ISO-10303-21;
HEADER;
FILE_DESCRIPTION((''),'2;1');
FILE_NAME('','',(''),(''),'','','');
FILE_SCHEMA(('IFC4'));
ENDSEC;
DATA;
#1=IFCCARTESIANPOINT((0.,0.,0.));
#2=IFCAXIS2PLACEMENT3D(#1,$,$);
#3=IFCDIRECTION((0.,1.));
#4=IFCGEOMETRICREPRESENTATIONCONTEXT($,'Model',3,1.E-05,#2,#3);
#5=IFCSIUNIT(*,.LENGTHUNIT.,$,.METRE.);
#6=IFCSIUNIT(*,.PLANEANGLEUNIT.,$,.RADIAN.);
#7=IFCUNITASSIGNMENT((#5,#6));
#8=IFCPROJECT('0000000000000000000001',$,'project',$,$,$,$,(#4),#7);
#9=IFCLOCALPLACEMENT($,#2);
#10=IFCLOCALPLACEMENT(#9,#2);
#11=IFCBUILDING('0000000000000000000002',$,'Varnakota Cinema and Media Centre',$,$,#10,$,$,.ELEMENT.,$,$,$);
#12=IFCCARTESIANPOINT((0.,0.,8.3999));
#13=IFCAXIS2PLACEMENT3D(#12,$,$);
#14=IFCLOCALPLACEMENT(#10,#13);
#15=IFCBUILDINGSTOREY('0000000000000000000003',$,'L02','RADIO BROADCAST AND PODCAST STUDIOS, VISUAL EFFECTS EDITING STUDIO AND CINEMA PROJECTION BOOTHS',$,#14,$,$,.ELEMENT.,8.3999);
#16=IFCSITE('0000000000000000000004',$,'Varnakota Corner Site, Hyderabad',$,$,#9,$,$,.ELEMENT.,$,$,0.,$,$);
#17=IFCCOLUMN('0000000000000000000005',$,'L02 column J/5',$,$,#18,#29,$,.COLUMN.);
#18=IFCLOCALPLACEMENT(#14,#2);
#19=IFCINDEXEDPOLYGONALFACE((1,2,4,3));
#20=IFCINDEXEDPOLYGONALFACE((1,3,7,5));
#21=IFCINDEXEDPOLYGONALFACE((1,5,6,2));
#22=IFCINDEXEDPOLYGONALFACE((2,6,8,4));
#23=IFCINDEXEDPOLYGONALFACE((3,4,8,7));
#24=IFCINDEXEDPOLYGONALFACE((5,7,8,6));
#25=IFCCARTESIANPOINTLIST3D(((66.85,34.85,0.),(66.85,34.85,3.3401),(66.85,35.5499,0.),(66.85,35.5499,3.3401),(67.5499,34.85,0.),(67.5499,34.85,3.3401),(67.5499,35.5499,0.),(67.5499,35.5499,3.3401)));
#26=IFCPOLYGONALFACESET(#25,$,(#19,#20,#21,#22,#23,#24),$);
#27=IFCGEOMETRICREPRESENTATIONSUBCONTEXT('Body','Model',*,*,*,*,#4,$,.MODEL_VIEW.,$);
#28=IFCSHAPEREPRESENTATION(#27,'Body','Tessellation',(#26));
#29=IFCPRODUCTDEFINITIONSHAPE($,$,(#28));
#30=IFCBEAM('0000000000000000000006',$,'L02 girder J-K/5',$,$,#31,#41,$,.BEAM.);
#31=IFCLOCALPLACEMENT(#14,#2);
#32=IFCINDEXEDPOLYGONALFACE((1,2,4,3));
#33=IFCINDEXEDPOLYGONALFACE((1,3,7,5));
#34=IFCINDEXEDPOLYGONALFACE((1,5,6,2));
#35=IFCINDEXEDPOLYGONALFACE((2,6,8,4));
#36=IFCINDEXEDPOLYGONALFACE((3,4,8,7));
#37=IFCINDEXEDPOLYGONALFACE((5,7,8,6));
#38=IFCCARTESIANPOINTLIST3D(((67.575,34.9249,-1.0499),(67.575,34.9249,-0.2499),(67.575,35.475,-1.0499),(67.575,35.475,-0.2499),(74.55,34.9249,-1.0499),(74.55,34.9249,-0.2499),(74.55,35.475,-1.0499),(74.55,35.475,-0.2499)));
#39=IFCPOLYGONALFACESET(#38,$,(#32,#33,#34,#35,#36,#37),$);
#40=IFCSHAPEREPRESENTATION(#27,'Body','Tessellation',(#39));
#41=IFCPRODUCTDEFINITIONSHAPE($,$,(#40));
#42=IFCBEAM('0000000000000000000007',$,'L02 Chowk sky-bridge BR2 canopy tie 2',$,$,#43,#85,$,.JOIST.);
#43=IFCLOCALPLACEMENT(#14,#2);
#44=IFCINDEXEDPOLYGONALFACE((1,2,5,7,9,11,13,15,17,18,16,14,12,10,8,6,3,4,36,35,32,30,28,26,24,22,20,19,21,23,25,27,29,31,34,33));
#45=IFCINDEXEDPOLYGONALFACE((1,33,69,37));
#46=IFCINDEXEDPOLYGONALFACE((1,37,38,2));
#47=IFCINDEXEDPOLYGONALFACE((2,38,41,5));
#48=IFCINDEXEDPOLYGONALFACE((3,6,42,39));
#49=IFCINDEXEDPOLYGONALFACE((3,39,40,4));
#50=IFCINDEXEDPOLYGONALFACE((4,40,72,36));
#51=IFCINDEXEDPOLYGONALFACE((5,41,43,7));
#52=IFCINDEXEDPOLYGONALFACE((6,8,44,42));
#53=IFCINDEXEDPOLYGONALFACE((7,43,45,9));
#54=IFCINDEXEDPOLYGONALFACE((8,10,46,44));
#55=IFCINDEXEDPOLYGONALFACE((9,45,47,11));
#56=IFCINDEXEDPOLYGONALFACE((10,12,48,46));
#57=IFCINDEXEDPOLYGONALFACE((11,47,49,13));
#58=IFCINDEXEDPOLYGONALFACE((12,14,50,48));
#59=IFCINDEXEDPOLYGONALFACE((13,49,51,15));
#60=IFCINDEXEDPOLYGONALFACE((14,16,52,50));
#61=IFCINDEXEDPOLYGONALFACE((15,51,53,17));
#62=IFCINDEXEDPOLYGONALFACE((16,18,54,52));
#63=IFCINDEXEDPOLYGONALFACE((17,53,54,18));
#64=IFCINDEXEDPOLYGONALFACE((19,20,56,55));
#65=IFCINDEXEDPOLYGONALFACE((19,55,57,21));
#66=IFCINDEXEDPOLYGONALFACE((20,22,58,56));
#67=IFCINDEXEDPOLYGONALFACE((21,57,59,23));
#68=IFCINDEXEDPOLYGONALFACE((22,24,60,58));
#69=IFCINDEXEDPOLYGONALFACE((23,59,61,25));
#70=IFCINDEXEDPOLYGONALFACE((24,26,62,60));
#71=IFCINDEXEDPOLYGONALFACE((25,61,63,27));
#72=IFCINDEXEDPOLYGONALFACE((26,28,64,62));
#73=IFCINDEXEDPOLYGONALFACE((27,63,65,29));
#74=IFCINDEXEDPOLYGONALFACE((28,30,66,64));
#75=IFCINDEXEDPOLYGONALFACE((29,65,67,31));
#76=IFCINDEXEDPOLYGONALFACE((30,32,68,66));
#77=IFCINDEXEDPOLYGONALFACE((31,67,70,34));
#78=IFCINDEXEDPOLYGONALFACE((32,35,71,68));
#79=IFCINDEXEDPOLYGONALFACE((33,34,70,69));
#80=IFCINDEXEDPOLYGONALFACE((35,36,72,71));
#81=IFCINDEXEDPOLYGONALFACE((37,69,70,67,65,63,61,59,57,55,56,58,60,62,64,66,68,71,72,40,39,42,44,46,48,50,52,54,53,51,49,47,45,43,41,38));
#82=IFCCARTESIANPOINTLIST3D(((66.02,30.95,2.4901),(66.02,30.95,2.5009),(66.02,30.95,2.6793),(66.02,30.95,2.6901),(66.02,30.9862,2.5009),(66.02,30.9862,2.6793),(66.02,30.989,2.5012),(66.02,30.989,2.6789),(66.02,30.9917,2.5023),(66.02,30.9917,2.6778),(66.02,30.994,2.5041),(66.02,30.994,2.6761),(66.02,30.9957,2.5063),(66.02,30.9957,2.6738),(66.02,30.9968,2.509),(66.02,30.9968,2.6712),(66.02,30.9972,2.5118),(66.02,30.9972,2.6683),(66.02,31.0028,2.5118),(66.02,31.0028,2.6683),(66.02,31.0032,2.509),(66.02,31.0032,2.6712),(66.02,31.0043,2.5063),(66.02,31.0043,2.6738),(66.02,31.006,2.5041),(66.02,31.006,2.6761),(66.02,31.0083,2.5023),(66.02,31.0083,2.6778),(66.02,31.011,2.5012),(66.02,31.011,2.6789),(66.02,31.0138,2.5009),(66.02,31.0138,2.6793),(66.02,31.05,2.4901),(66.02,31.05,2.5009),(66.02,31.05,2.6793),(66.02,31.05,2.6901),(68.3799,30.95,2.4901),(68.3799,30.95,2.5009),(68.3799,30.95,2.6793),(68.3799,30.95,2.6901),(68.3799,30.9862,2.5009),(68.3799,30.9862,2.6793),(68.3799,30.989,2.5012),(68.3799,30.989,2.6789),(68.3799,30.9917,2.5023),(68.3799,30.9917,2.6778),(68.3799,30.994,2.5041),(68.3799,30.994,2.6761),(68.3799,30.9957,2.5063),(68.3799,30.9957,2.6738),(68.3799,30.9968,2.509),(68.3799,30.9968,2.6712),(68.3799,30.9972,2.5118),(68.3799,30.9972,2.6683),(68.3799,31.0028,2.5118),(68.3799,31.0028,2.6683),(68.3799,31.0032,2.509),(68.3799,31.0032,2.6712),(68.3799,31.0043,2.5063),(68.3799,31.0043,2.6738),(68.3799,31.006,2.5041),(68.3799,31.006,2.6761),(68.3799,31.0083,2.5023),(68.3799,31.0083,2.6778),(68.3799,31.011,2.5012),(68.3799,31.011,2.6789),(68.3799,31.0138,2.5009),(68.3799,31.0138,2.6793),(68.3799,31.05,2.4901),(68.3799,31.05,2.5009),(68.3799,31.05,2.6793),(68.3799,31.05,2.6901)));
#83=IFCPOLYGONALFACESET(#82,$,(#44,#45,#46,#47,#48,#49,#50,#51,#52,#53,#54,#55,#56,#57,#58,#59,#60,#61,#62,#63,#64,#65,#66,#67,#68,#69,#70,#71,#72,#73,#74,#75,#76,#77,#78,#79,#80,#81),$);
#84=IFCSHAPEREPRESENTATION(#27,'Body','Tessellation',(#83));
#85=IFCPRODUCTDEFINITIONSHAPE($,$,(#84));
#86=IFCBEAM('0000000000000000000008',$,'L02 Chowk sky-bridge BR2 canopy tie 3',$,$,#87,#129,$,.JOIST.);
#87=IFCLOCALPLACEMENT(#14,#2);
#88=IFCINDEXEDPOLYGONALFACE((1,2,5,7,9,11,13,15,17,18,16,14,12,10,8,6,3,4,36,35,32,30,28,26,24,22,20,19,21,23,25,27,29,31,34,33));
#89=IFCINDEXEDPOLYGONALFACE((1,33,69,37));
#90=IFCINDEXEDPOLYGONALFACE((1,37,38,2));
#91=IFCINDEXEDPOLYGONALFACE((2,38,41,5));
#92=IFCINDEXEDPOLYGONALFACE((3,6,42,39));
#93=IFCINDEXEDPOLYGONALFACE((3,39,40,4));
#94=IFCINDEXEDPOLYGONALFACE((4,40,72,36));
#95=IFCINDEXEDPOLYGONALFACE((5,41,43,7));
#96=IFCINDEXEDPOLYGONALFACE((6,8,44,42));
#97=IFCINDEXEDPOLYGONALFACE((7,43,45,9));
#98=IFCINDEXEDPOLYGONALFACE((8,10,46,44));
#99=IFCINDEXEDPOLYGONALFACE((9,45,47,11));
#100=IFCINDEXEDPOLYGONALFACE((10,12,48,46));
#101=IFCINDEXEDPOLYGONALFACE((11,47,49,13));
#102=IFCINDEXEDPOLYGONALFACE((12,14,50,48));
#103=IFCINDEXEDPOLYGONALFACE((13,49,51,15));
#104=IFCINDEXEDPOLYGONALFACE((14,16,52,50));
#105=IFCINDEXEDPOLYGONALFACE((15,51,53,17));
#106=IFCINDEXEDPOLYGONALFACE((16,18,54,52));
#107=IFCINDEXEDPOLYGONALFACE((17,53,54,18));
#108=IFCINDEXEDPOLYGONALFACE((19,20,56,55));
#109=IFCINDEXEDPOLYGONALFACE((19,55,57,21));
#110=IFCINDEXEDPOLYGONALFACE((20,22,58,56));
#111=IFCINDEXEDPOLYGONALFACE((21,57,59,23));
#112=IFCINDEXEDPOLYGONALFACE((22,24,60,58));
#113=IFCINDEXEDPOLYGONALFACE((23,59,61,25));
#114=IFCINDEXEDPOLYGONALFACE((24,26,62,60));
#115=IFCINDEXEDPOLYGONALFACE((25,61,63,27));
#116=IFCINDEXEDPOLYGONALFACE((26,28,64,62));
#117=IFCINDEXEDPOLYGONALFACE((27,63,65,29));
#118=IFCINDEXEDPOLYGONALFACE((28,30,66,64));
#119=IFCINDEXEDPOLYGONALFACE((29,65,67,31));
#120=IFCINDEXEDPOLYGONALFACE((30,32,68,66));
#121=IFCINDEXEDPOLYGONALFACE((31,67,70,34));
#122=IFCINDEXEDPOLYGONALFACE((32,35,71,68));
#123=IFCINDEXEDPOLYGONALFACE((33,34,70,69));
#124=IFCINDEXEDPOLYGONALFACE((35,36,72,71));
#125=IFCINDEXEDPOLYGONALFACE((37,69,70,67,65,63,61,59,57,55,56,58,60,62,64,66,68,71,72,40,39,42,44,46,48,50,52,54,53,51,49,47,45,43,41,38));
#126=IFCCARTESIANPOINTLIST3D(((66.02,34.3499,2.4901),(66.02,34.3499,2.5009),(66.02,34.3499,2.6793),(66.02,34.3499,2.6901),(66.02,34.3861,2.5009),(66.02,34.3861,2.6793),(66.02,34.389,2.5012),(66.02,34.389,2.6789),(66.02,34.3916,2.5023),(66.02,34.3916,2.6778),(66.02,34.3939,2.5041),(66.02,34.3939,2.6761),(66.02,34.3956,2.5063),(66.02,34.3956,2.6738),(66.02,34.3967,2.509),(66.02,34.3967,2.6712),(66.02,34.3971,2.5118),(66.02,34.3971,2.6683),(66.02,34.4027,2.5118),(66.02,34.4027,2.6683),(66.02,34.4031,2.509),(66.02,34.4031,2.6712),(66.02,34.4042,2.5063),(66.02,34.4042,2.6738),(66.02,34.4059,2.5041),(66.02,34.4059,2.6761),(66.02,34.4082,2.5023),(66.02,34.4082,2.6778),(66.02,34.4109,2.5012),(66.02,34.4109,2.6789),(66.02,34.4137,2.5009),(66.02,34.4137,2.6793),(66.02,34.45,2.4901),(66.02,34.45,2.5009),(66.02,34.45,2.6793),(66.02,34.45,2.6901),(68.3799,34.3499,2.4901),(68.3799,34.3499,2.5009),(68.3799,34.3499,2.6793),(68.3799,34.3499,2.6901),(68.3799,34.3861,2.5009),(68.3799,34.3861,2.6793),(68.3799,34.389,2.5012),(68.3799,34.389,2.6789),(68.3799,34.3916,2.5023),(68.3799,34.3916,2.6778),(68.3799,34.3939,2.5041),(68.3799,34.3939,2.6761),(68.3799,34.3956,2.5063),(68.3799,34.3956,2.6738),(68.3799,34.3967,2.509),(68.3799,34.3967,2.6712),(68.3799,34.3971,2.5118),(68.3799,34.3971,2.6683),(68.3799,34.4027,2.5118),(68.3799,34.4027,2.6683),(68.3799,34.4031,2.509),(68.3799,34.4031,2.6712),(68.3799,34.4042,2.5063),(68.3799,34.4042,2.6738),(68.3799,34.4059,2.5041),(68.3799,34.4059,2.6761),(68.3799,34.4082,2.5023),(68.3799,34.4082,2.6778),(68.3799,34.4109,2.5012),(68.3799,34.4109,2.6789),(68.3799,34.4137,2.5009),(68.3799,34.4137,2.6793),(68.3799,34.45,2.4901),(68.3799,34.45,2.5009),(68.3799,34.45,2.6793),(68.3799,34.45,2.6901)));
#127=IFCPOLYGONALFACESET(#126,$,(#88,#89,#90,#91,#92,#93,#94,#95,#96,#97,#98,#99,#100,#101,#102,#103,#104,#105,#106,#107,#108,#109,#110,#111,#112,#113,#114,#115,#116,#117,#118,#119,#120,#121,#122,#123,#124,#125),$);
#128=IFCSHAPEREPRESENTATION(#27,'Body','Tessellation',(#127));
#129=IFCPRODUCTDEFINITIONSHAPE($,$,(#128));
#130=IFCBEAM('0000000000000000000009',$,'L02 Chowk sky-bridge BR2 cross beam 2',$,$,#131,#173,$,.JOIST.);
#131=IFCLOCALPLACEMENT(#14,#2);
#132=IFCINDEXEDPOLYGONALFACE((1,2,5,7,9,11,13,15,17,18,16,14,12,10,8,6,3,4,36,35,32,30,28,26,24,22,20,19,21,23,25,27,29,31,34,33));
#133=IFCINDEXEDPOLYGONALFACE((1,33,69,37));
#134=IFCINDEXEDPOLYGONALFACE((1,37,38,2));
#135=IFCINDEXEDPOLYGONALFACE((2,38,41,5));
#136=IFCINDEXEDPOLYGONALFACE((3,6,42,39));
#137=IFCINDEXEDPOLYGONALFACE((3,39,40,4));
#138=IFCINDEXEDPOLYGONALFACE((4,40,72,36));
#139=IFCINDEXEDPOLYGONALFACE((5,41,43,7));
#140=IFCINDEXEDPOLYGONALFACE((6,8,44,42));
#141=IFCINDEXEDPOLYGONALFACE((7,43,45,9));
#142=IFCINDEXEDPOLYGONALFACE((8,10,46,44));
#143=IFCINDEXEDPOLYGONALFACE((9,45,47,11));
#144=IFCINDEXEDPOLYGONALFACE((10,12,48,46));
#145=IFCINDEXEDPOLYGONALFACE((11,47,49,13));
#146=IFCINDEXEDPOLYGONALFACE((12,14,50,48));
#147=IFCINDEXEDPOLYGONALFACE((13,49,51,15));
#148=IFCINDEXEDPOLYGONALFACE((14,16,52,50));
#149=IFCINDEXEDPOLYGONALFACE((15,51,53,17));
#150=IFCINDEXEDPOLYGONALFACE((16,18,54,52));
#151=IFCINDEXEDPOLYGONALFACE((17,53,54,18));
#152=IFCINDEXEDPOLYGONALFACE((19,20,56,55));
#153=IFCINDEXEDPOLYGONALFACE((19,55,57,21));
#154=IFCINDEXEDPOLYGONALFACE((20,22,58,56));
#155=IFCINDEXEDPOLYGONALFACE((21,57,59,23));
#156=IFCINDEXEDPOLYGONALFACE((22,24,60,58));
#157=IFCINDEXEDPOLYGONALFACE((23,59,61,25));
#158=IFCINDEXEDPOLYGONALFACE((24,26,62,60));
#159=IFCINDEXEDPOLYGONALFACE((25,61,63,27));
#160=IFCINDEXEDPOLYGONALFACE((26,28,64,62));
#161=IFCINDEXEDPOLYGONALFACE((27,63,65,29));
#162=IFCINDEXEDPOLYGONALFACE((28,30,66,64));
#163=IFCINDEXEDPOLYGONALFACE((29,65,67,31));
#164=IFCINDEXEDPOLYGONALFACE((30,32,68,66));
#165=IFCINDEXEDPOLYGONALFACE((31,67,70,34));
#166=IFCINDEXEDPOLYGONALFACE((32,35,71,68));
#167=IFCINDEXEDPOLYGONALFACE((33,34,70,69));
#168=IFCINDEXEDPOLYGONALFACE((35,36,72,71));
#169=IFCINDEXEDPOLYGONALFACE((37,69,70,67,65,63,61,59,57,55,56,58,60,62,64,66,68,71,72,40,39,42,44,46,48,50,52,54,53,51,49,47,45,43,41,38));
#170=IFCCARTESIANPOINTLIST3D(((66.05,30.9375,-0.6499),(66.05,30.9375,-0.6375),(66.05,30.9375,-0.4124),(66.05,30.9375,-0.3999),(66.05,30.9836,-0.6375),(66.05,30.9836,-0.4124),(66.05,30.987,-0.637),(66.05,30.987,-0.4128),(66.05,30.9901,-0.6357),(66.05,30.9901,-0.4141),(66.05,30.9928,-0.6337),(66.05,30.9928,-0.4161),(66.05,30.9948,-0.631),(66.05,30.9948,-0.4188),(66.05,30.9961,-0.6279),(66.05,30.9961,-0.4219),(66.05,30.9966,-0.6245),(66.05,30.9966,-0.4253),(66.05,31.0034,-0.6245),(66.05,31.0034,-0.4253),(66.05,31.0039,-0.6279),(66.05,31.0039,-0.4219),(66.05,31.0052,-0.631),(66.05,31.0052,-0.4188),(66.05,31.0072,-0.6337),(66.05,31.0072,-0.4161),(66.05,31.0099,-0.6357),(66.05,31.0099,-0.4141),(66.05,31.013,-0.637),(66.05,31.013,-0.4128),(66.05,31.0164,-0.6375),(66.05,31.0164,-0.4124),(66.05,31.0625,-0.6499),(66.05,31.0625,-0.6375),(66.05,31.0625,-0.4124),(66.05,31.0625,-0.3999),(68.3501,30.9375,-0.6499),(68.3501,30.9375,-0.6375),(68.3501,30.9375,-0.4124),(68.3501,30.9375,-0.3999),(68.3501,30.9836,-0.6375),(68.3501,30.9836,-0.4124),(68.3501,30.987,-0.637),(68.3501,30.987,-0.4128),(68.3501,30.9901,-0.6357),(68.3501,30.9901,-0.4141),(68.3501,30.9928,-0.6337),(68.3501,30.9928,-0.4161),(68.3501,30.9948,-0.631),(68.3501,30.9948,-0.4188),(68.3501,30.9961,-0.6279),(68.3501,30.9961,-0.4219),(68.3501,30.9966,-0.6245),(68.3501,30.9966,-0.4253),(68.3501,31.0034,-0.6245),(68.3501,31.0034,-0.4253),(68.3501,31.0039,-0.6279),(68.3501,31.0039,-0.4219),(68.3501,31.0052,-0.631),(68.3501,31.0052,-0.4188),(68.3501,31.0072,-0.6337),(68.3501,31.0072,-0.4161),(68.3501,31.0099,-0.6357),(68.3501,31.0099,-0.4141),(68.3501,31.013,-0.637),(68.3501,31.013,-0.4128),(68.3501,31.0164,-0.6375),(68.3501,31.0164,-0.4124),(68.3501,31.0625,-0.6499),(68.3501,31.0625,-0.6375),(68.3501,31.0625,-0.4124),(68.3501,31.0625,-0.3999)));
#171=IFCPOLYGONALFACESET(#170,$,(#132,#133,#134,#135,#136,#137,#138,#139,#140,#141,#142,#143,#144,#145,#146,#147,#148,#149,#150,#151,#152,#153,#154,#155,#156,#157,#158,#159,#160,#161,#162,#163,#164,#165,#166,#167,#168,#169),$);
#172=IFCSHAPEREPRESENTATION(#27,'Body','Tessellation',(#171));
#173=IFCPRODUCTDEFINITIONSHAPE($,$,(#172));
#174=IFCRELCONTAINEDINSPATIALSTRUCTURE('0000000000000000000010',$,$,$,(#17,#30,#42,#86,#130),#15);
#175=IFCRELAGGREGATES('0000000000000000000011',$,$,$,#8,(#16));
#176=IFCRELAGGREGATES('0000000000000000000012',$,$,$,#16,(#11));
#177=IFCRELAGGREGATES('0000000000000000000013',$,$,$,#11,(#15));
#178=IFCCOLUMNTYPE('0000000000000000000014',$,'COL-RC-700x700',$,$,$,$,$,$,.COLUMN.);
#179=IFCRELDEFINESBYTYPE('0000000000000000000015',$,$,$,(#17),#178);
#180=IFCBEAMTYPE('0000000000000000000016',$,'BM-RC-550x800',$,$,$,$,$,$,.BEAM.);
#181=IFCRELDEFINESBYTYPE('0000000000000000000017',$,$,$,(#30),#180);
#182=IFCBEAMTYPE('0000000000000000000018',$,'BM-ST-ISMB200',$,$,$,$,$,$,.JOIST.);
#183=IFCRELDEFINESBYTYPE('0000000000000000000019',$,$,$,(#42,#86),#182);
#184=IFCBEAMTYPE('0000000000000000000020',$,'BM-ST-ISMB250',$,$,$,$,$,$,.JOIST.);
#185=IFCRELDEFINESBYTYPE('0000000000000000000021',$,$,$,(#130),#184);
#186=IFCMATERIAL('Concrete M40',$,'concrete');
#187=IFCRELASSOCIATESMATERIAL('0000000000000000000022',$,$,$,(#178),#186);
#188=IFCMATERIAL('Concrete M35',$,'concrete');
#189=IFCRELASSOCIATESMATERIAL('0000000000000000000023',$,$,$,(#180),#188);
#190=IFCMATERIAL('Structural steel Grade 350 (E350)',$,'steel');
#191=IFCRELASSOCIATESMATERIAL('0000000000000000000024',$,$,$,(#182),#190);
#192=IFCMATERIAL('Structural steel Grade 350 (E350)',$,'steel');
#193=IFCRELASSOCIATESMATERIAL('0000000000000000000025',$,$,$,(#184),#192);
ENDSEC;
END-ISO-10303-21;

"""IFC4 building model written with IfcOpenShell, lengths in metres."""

from ifc_helpers import new_model, si_unit, direction, frame, origin, origin_2d, place, context, subcontext, project, spatial, rectangle, i_section, extrude, material, material_profile, profile_set, type_object, element, save


model = new_model("IFC4")

# Units and contexts
model_context = context("Model", 3, precision=1e-05, world=origin(), true_north=direction((0.0, 1.0)))
body_context = subcontext(model_context, "Body", "Model", "MODEL_VIEW")
ifc_project = project(units=[si_unit("LENGTHUNIT", "METRE"), si_unit("PLANEANGLEUNIT", "RADIAN")], contexts=[model_context])

# Site, building, storey
site_placement = place(None, origin())
site = spatial("IfcSite", under=ifc_project, at=site_placement, Name="Varnakota Corner Site, Hyderabad", CompositionType="ELEMENT", RefElevation=0.0)
building_placement = place(site_placement, origin())
building = spatial("IfcBuilding", under=site, at=building_placement, Name="Varnakota Cinema and Media Centre", CompositionType="ELEMENT")
storey_placement = place(building_placement, frame((0.0, 0.0, 8.3999)))
storey = spatial("IfcBuildingStorey", under=building, at=storey_placement, Name="L02", Description="RADIO BROADCAST AND PODCAST STUDIOS, VISUAL EFFECTS EDITING STUDIO AND CINEMA PROJECTION BOOTHS", CompositionType="ELEMENT", Elevation=8.3999)

# Column
ifc_material_1 = material(Name="Concrete M40", Category="concrete")
ifc_material_profile_1 = material_profile(ifc_material_1, rectangle(XDim=0.7, YDim=0.7, at=origin_2d()), Name="RC 700x700")
ifc_profile_set_1 = profile_set([ifc_material_profile_1], Name="Concrete M40")
column_type = type_object("IfcColumnType", Name="COL-RC-700x700", PredefinedType="COLUMN", material=ifc_profile_set_1)
column_placement = place(storey_placement, frame((67.2, 35.2, 0.0), z_axis=(0.0, 0.0, 1.0), x_axis=(1.0, 0.0, 0.0)))
element("IfcColumn", 1, at=column_placement, inside=storey, type_object=column_type, Name="L02 column J/5", PredefinedType="COLUMN", context=body_context, shape_type="SweptSolid", body=[
    extrude(rectangle(XDim=0.7, YDim=0.7, at=origin_2d()), origin(), (0.0, 0.0, 1.0), 3.3401),
])

# Beams
ifc_material_2 = material(Name="Concrete M35", Category="concrete")
ifc_material_profile_2 = material_profile(ifc_material_2, rectangle(XDim=0.55, YDim=0.8, at=origin_2d()), Name="RCB 550x800")
ifc_profile_set_2 = profile_set([ifc_material_profile_2], Name="Concrete M35")
beam_type_1 = type_object("IfcBeamType", Name="BM-RC-550x800", PredefinedType="BEAM", material=ifc_profile_set_2)
beam_placement = place(storey_placement, frame((67.575, 35.2, -0.6499), z_axis=(1.0, 0.0, 0.0), x_axis=(0.0, 1.0, 0.0)))
element("IfcBeam", 2, at=beam_placement, inside=storey, type_object=beam_type_1, Name="L02 girder J-K/5", PredefinedType="BEAM", context=body_context, shape_type="SweptSolid", body=[
    extrude(rectangle(XDim=0.55, YDim=0.8, at=origin_2d()), origin(), (0.0, 0.0, 1.0), 6.9751),
])
ifc_material_3 = material(Name="Structural steel Grade 350 (E350)", Category="steel")
ifc_material_profile_3 = material_profile(ifc_material_3, i_section(OverallWidth=0.1001, OverallDepth=0.2, WebThickness=0.0056, FlangeThickness=0.0107, FilletRadius=0.011, at=origin_2d()), Name="ISMB 200")
ifc_profile_set_3 = profile_set([ifc_material_profile_3], Name="Structural steel Grade 350 (E350)")
beam_type_2 = type_object("IfcBeamType", Name="BM-ST-ISMB200", PredefinedType="JOIST", material=ifc_profile_set_3)
for number, where, z_axis, x_axis, name in (
    (3, (66.02, 31.0, 2.5901), (1.0, 0.0, 0.0), (0.0, 1.0, 0.0), "L02 Chowk sky-bridge BR2 canopy tie 2"),
    (4, (66.02, 34.3999, 2.5901), (1.0, 0.0, 0.0), (0.0, 1.0, 0.0), "L02 Chowk sky-bridge BR2 canopy tie 3"),
):
    element("IfcBeam", number, at=place(storey_placement, frame(where, z_axis=z_axis, x_axis=x_axis)), inside=storey, type_object=beam_type_2, Name=name, PredefinedType="JOIST", context=body_context, shape_type="SweptSolid", body=[
        extrude(i_section(OverallWidth=0.1001, OverallDepth=0.2, WebThickness=0.0056, FlangeThickness=0.0107, FilletRadius=0.011, at=origin_2d()), origin(), (0.0, 0.0, 1.0), 2.3599),
    ])
ifc_material_4 = material(Name="Structural steel Grade 350 (E350)", Category="steel")
ifc_material_profile_4 = material_profile(ifc_material_4, i_section(OverallWidth=0.125, OverallDepth=0.25, WebThickness=0.0068, FlangeThickness=0.0125, FilletRadius=0.0129, at=origin_2d()), Name="ISMB 250")
ifc_profile_set_4 = profile_set([ifc_material_profile_4], Name="Structural steel Grade 350 (E350)")
beam_type_3 = type_object("IfcBeamType", Name="BM-ST-ISMB250", PredefinedType="JOIST", material=ifc_profile_set_4)
for number, where, z_axis, x_axis, name in (
    (5, (66.05, 31.0, -0.5249), (1.0, 0.0, 0.0), (0.0, 1.0, 0.0), "L02 Chowk sky-bridge BR2 cross beam 2"),
):
    element("IfcBeam", number, at=place(storey_placement, frame(where, z_axis=z_axis, x_axis=x_axis)), inside=storey, type_object=beam_type_3, Name=name, PredefinedType="JOIST", context=body_context, shape_type="SweptSolid", body=[
        extrude(i_section(OverallWidth=0.125, OverallDepth=0.25, WebThickness=0.0068, FlangeThickness=0.0125, FilletRadius=0.0129, at=origin_2d()), origin(), (0.0, 0.0, 1.0), 2.3),
    ])

save(model, "model.ifc")
